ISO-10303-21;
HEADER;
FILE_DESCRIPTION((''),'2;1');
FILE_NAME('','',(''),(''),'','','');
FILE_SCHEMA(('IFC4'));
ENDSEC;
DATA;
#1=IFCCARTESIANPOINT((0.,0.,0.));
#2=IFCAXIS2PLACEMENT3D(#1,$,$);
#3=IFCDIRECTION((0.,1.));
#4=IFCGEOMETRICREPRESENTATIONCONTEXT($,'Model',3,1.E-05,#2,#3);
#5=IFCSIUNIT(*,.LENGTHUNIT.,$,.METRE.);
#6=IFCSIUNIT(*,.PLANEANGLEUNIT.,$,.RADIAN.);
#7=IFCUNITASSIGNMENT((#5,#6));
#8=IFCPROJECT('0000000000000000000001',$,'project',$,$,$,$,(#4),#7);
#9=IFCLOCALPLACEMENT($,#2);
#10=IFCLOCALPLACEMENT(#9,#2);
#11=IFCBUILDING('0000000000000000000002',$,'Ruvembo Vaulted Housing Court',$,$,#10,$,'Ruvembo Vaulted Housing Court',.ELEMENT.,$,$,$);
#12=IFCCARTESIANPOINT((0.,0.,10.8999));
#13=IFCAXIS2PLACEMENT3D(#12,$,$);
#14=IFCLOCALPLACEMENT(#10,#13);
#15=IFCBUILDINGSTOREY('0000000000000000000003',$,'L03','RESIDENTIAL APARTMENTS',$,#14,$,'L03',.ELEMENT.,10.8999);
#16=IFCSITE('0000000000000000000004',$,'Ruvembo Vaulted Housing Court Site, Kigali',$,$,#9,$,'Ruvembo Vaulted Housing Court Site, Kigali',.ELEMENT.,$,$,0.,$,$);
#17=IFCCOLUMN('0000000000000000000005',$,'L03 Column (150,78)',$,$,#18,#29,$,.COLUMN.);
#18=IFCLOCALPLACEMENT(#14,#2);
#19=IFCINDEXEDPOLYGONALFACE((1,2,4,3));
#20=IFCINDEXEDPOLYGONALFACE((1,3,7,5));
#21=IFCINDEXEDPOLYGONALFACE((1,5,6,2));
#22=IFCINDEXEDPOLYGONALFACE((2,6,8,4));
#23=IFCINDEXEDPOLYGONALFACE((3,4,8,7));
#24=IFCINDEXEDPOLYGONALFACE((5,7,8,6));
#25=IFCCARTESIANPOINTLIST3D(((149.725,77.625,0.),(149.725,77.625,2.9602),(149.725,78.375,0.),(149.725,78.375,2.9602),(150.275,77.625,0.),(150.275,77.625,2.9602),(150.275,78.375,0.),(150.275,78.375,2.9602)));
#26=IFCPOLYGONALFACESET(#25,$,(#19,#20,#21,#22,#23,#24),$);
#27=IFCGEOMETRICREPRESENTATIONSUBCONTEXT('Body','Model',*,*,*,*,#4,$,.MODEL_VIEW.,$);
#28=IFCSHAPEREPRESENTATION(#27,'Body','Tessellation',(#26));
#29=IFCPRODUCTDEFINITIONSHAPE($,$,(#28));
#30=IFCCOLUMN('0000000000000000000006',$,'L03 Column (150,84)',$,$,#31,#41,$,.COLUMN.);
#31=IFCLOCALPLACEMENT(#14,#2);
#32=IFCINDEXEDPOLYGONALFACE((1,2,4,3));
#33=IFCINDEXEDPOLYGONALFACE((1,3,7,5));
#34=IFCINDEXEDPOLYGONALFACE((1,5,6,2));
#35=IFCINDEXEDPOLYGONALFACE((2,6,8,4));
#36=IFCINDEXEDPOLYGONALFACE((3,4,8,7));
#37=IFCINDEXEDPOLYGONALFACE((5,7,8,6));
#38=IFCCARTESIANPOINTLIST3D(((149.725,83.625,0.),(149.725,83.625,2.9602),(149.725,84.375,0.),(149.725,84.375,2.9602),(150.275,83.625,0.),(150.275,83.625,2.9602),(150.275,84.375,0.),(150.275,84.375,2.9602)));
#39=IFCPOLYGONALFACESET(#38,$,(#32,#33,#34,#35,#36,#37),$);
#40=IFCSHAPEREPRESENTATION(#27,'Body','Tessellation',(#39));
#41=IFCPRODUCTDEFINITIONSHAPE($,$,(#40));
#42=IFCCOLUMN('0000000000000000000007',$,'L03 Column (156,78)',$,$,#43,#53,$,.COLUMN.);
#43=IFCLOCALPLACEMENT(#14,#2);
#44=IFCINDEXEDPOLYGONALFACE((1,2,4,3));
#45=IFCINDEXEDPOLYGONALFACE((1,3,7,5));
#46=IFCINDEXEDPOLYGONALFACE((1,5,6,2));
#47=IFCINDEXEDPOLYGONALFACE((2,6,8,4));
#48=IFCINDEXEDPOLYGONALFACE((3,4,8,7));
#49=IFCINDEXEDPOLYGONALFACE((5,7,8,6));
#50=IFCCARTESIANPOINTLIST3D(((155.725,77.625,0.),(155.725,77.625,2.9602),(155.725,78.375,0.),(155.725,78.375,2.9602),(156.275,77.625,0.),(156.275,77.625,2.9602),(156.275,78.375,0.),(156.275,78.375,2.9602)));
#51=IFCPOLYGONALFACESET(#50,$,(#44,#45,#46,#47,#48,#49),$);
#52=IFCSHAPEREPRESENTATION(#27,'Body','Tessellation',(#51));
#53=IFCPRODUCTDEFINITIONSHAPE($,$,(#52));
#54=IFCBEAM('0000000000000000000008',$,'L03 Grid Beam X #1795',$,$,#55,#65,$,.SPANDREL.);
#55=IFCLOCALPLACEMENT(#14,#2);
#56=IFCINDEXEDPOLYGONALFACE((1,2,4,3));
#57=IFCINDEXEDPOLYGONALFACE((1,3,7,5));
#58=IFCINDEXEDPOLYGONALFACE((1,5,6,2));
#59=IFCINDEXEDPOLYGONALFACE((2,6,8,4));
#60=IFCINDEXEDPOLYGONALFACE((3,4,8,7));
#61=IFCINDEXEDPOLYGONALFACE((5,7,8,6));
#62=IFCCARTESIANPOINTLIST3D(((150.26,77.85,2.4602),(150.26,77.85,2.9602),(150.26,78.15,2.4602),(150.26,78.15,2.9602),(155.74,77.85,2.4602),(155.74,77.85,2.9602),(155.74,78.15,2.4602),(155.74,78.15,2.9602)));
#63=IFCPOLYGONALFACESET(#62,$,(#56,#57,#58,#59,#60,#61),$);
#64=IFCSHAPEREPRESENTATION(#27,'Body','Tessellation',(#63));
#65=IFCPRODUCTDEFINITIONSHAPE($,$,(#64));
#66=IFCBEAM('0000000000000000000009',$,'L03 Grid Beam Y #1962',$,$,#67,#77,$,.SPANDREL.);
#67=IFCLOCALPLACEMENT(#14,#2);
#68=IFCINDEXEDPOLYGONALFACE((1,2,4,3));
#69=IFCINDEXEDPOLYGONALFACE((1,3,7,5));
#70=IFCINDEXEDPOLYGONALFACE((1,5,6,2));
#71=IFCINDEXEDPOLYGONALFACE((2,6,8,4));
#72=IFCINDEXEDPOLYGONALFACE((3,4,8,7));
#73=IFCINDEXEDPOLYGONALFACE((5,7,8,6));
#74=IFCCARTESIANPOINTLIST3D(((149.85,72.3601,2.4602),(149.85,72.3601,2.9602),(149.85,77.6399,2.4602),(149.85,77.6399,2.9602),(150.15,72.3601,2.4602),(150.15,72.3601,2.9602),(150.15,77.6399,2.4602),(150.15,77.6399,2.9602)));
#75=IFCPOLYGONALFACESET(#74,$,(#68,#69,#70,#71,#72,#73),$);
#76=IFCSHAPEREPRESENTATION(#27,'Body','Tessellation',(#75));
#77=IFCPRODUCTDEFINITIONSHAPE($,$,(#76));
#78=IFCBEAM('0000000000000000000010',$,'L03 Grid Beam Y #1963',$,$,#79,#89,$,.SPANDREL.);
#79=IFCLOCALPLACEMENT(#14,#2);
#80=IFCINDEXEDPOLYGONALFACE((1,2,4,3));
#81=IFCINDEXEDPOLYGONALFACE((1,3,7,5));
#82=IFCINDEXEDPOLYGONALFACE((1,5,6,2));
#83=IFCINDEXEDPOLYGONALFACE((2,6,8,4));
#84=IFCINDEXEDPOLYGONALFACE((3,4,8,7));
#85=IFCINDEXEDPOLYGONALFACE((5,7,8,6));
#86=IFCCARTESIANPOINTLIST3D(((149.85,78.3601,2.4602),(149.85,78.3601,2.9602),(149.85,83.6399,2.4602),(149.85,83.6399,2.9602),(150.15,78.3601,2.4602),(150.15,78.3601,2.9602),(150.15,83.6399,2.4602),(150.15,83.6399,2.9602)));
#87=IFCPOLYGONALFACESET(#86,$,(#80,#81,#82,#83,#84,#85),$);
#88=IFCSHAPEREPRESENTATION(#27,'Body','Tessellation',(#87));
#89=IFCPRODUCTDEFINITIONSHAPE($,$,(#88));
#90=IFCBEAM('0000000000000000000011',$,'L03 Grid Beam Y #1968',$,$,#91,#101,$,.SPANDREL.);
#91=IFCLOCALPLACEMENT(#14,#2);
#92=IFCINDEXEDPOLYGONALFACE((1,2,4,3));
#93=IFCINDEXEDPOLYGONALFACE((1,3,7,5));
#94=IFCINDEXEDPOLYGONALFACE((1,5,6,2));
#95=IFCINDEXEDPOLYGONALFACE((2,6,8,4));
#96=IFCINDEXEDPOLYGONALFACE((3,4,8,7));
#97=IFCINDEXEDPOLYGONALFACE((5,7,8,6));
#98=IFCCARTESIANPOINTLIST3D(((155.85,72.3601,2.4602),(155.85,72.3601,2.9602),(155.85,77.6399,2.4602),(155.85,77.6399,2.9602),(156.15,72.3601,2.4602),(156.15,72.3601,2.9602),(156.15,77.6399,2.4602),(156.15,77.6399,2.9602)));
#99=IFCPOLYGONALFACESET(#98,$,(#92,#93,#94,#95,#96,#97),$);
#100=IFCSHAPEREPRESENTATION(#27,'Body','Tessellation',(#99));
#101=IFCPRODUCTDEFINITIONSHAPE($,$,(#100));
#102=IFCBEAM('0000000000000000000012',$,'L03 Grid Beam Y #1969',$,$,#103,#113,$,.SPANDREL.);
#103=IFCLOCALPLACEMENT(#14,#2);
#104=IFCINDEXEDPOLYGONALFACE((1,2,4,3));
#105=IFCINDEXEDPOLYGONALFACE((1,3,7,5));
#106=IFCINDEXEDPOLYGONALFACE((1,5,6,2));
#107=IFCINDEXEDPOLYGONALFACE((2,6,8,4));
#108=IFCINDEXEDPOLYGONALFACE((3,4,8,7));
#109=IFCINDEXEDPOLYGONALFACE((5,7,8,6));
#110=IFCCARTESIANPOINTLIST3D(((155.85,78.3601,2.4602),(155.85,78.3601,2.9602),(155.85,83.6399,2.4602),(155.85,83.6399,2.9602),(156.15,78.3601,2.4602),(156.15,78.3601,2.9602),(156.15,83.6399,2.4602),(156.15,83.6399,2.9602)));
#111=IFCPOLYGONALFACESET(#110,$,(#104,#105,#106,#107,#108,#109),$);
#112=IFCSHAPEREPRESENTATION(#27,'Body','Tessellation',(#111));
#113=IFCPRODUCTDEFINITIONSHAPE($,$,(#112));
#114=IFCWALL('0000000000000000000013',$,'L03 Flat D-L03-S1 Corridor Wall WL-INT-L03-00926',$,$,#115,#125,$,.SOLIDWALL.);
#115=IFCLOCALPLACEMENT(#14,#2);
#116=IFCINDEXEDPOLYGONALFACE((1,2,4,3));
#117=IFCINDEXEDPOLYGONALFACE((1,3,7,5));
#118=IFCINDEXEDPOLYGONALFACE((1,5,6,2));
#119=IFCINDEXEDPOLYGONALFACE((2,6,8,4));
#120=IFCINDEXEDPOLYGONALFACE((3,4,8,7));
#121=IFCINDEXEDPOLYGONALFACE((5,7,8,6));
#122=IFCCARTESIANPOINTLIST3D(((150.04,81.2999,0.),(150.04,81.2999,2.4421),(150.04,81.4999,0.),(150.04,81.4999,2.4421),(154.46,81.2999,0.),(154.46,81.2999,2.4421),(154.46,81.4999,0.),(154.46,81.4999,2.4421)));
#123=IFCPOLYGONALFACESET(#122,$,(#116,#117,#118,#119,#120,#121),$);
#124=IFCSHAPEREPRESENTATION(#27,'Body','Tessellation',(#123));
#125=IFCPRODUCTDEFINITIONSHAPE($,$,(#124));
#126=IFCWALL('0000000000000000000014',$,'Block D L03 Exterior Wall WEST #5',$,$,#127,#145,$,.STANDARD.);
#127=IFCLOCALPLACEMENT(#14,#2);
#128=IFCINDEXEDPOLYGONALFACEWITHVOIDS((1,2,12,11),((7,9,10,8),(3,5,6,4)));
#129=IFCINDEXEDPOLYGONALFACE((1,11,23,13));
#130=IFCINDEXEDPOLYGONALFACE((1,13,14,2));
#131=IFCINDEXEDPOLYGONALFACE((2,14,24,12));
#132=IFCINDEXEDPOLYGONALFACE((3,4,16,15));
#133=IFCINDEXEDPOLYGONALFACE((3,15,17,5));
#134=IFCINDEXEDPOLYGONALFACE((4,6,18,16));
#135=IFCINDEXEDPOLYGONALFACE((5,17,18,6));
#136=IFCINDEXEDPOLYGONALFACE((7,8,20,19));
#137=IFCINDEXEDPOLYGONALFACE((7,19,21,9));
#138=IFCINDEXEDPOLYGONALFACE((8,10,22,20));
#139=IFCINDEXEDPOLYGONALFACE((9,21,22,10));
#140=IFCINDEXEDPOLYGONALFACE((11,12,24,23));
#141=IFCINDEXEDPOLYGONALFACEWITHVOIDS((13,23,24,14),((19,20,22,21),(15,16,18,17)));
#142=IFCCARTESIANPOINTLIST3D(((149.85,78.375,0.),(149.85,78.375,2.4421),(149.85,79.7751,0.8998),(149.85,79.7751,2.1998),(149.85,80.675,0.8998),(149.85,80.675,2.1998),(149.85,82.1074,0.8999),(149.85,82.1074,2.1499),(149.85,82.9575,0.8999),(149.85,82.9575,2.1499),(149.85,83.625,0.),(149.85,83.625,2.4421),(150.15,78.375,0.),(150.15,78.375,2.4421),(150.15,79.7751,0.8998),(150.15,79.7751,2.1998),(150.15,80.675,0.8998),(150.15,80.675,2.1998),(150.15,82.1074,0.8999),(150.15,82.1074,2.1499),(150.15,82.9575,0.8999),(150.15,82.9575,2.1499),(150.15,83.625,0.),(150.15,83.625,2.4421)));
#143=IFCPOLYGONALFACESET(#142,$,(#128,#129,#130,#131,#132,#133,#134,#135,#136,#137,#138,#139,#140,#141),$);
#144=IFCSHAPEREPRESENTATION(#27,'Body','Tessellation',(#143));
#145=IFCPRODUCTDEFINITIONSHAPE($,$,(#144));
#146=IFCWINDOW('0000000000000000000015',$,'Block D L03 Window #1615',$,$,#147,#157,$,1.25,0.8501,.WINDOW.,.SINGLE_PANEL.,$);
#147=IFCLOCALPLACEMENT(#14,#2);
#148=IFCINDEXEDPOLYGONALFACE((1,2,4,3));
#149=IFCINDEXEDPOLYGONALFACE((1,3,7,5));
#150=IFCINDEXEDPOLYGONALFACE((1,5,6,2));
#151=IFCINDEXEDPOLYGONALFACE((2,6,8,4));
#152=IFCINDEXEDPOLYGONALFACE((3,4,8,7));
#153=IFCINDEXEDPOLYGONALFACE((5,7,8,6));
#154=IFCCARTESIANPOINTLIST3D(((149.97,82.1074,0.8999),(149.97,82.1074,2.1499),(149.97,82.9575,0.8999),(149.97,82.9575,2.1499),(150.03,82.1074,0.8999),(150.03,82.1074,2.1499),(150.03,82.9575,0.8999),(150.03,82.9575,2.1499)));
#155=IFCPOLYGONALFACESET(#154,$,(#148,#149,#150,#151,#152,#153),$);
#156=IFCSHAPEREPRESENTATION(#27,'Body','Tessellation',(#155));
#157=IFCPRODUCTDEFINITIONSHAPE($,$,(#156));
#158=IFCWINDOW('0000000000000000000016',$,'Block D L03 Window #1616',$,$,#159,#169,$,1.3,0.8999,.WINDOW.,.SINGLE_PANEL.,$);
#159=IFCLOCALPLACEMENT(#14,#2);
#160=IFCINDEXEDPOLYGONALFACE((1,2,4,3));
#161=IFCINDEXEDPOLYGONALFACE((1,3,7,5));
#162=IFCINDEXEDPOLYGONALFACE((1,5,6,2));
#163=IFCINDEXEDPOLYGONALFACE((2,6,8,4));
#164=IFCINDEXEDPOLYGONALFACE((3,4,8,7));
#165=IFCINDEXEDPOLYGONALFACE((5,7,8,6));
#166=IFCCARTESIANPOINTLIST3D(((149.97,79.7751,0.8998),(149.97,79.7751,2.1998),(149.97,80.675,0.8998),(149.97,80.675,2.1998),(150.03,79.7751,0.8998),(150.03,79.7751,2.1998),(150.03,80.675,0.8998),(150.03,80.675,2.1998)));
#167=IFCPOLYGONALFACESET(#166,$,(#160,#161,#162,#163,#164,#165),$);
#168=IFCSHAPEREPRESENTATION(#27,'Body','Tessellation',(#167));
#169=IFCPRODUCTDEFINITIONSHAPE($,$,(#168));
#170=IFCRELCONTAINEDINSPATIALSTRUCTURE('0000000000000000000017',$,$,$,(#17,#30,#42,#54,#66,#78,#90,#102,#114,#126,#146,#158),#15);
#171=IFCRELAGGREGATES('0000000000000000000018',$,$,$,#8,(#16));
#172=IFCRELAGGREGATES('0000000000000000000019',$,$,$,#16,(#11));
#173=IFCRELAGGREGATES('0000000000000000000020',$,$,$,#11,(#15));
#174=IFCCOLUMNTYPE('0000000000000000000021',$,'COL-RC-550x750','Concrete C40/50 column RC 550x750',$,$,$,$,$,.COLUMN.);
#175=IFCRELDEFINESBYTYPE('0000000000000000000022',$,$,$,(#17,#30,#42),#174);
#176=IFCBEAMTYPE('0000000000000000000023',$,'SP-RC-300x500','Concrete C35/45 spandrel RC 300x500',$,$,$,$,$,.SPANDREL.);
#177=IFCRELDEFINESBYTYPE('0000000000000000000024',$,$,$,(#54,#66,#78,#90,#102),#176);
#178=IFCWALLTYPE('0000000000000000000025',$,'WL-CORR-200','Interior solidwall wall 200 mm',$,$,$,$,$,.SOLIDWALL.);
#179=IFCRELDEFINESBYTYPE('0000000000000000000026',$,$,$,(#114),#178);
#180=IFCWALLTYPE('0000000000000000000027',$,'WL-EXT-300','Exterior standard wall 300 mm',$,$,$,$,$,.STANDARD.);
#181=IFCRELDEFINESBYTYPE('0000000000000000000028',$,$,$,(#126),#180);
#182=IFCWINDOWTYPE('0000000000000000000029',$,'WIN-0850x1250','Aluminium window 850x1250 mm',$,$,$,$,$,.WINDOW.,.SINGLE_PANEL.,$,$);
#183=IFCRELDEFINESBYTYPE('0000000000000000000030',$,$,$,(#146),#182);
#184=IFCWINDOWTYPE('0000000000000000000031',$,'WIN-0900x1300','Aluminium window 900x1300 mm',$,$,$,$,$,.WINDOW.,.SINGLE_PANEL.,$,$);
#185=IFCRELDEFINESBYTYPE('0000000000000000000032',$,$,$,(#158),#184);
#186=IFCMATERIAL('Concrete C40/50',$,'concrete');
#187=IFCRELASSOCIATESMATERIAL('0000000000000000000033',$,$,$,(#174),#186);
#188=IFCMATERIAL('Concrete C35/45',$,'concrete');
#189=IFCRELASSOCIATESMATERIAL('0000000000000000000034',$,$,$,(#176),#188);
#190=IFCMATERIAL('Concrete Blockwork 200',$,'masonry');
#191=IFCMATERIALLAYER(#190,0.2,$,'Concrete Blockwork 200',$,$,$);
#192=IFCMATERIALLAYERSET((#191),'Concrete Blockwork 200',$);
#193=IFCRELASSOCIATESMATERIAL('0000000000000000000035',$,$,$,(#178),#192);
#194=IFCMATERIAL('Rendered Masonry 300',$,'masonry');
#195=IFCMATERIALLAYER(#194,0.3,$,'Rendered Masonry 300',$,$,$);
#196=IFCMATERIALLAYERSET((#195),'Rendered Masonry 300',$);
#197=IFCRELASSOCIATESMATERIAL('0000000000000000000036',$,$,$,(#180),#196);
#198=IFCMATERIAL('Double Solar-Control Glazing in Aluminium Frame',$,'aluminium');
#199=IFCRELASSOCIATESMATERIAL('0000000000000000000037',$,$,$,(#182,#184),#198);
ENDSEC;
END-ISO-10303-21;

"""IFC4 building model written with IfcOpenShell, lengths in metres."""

from ifc_helpers import new_model, si_unit, direction, frame, frame_2d, origin, origin_2d, place, context, subcontext, project, spatial, rectangle, extrude, material, layer, layer_set, material_profile, profile_set, type_object, element, fill, save


model = new_model("IFC4")

# Units and contexts
model_context = context("Model", 3, precision=1e-05, world=origin(), true_north=direction((0.0, 1.0)))
body_context = subcontext(model_context, "Body", "Model", "MODEL_VIEW")
ifc_project = project(units=[si_unit("LENGTHUNIT", "METRE"), si_unit("PLANEANGLEUNIT", "RADIAN")], contexts=[model_context])

# Site, building, storey
site_placement = place(None, origin())
site = spatial("IfcSite", under=ifc_project, at=site_placement, Name="Ruvembo Vaulted Housing Court Site, Kigali", LongName="Ruvembo Vaulted Housing Court Site, Kigali", CompositionType="ELEMENT", RefElevation=0.0)
building_placement = place(site_placement, origin())
building = spatial("IfcBuilding", under=site, at=building_placement, Name="Ruvembo Vaulted Housing Court", LongName="Ruvembo Vaulted Housing Court", CompositionType="ELEMENT")
storey_placement = place(building_placement, frame((0.0, 0.0, 10.8999)))
storey = spatial("IfcBuildingStorey", under=building, at=storey_placement, Name="L03", Description="RESIDENTIAL APARTMENTS", LongName="L03", CompositionType="ELEMENT", Elevation=10.8999)

# Columns
ifc_material_1 = material(Name="Concrete C40/50", Category="concrete")
ifc_material_profile_1 = material_profile(ifc_material_1, rectangle(XDim=0.55, YDim=0.75, at=origin_2d()), Name="RC 550x750")
ifc_profile_set_1 = profile_set([ifc_material_profile_1], Name="Concrete C40/50")
column_type = type_object("IfcColumnType", Name="COL-RC-550x750", Description="Concrete C40/50 column RC 550x750", PredefinedType="COLUMN", material=ifc_profile_set_1)
for number, where, z_axis, x_axis, name in (
    (1, (150.0, 78.0, 0.0), (0.0, 0.0, 1.0), (1.0, 0.0, 0.0), "L03 Column (150,78)"),
    (2, (150.0, 84.0, 0.0), (0.0, 0.0, 1.0), (1.0, 0.0, 0.0), "L03 Column (150,84)"),
    (3, (156.0, 78.0, 0.0), (0.0, 0.0, 1.0), (1.0, 0.0, 0.0), "L03 Column (156,78)"),
):
    element("IfcColumn", number, at=place(storey_placement, frame(where, z_axis=z_axis, x_axis=x_axis)), inside=storey, type_object=column_type, Name=name, PredefinedType="COLUMN", context=body_context, shape_type="SweptSolid", body=[
        extrude(rectangle(XDim=0.55, YDim=0.75, at=origin_2d()), origin(), (0.0, 0.0, 1.0), 2.9602),
    ])

# Beams
ifc_material_2 = material(Name="Concrete C35/45", Category="concrete")
ifc_material_profile_2 = material_profile(ifc_material_2, rectangle(XDim=0.3, YDim=0.5, at=origin_2d()), Name="RC 300x500")
ifc_profile_set_2 = profile_set([ifc_material_profile_2], Name="Concrete C35/45")
beam_type = type_object("IfcBeamType", Name="SP-RC-300x500", Description="Concrete C35/45 spandrel RC 300x500", PredefinedType="SPANDREL", material=ifc_profile_set_2)
beam_placement = place(storey_placement, frame((150.26, 78.0, 2.7102), z_axis=(1.0, 0.0, 0.0), x_axis=(0.0, 1.0, 0.0)))
element("IfcBeam", 4, at=beam_placement, inside=storey, type_object=beam_type, Name="L03 Grid Beam X #1795", PredefinedType="SPANDREL", context=body_context, shape_type="SweptSolid", body=[
    extrude(rectangle(XDim=0.3, YDim=0.5, at=origin_2d()), origin(), (0.0, 0.0, 1.0), 5.48),
])
for number, where, z_axis, x_axis, name in (
    (5, (150.0, 72.3601, 2.7102), (0.0, 1.0, 0.0), (-1.0, 0.0, 0.0), "L03 Grid Beam Y #1962"),
    (6, (150.0, 78.3601, 2.7102), (0.0, 1.0, 0.0), (-1.0, 0.0, 0.0), "L03 Grid Beam Y #1963"),
    (7, (156.0, 72.3601, 2.7102), (0.0, 1.0, 0.0), (-1.0, 0.0, 0.0), "L03 Grid Beam Y #1968"),
    (8, (156.0, 78.3601, 2.7102), (0.0, 1.0, 0.0), (-1.0, 0.0, 0.0), "L03 Grid Beam Y #1969"),
):
    element("IfcBeam", number, at=place(storey_placement, frame(where, z_axis=z_axis, x_axis=x_axis)), inside=storey, type_object=beam_type, Name=name, PredefinedType="SPANDREL", context=body_context, shape_type="SweptSolid", body=[
        extrude(rectangle(XDim=0.3, YDim=0.5, at=origin_2d()), origin(), (0.0, 0.0, 1.0), 5.2798),
    ])

# Wall
ifc_material_3 = material(Name="Concrete Blockwork 200", Category="masonry")
ifc_layer_1 = layer(ifc_material_3, 0.2, Name="Concrete Blockwork 200")
ifc_layer_set_1 = layer_set([ifc_layer_1], Name="Concrete Blockwork 200")
wall_type_1 = type_object("IfcWallType", Name="WL-CORR-200", Description="Interior solidwall wall 200 mm", PredefinedType="SOLIDWALL", material=ifc_layer_set_1)
wall_1_placement = place(storey_placement, frame((150.04, 81.3999, 0.0), z_axis=(0.0, 0.0, 1.0), x_axis=(1.0, 0.0, 0.0)))
element("IfcWall", 9, at=wall_1_placement, inside=storey, type_object=wall_type_1, Name="L03 Flat D-L03-S1 Corridor Wall WL-INT-L03-00926", PredefinedType="SOLIDWALL", context=body_context, shape_type="SweptSolid", body=[
    extrude(rectangle(XDim=4.4199, YDim=0.2, at=frame_2d((2.21, 0.0))), origin(), (0.0, 0.0, 1.0), 2.4421),
])

# Wall, openings, windows
ifc_material_4 = material(Name="Rendered Masonry 300", Category="masonry")
ifc_layer_2 = layer(ifc_material_4, 0.3, Name="Rendered Masonry 300")
ifc_layer_set_2 = layer_set([ifc_layer_2], Name="Rendered Masonry 300")
wall_type_2 = type_object("IfcWallType", Name="WL-EXT-300", Description="Exterior standard wall 300 mm", PredefinedType="STANDARD", material=ifc_layer_set_2)
wall_2_placement = place(storey_placement, frame((150.0, 83.625, 0.0), z_axis=(0.0, 0.0, 1.0), x_axis=(0.0, -1.0, 0.0)))
wall_2 = element("IfcWall", 10, at=wall_2_placement, inside=storey, type_object=wall_type_2, Name="Block D L03 Exterior Wall WEST #5", PredefinedType="STANDARD", context=body_context, shape_type="SweptSolid", body=[
    extrude(rectangle(XDim=5.25, YDim=0.3, at=frame_2d((2.625, 0.0))), origin(), (0.0, 0.0, 1.0), 2.4421),
])
opening_1_placement = place(wall_2_placement, frame((0.6675, 0.0, 0.8999)))
opening_1 = element("IfcOpeningElement", 11, at=opening_1_placement, cuts=wall_2, PredefinedType="OPENING", context=body_context, shape_type="SweptSolid", body=[
    extrude(rectangle(XDim=0.8501, YDim=1.25, at=frame_2d((0.425, 0.625))), frame((0.0, 0.1599, 0.0), z_axis=(0.0, -1.0, 0.0), x_axis=(1.0, 0.0, 0.0)), (0.0, 0.0, 1.0), 0.3201),
])
opening_2_placement = place(wall_2_placement, frame((2.95, 0.0, 0.8999)))
opening_2 = element("IfcOpeningElement", 12, at=opening_2_placement, cuts=wall_2, PredefinedType="OPENING", context=body_context, shape_type="SweptSolid", body=[
    extrude(rectangle(XDim=0.8999, YDim=1.3, at=frame_2d((0.45, 0.6499))), frame((0.0, 0.1599, 0.0), z_axis=(0.0, -1.0, 0.0), x_axis=(1.0, 0.0, 0.0)), (0.0, 0.0, 1.0), 0.3201),
])
ifc_material_5 = material(Name="Double Solar-Control Glazing in Aluminium Frame", Category="aluminium")
window_type_1 = type_object("IfcWindowType", Name="WIN-0850x1250", Description="Aluminium window 850x1250 mm", PartitioningType="SINGLE_PANEL", PredefinedType="WINDOW", material=ifc_material_5)
window_1_placement = place(opening_1_placement, origin())
window_1 = element("IfcWindow", 13, at=window_1_placement, inside=storey, type_object=window_type_1, Name="Block D L03 Window #1615", OverallHeight=1.25, OverallWidth=0.8501, PartitioningType="SINGLE_PANEL", PredefinedType="WINDOW", context=body_context, shape_type="SweptSolid", body=[
    extrude(rectangle(XDim=0.8501, YDim=1.25, at=frame_2d((0.425, 0.625))), frame((0.0, 0.03, 0.0), z_axis=(0.0, -1.0, 0.0), x_axis=(1.0, 0.0, 0.0)), (0.0, 0.0, 1.0), 0.0601),
])
fill(opening_1, window_1)
window_type_2 = type_object("IfcWindowType", Name="WIN-0900x1300", Description="Aluminium window 900x1300 mm", PartitioningType="SINGLE_PANEL", PredefinedType="WINDOW", material=ifc_material_5)
window_2_placement = place(opening_2_placement, origin())
window_2 = element("IfcWindow", 14, at=window_2_placement, inside=storey, type_object=window_type_2, Name="Block D L03 Window #1616", OverallHeight=1.3, OverallWidth=0.8999, PartitioningType="SINGLE_PANEL", PredefinedType="WINDOW", context=body_context, shape_type="SweptSolid", body=[
    extrude(rectangle(XDim=0.8999, YDim=1.3, at=frame_2d((0.45, 0.6499))), frame((0.0, 0.03, 0.0), z_axis=(0.0, -1.0, 0.0), x_axis=(1.0, 0.0, 0.0)), (0.0, 0.0, 1.0), 0.0601),
])
fill(opening_2, window_2)

save(model, "model.ifc")
